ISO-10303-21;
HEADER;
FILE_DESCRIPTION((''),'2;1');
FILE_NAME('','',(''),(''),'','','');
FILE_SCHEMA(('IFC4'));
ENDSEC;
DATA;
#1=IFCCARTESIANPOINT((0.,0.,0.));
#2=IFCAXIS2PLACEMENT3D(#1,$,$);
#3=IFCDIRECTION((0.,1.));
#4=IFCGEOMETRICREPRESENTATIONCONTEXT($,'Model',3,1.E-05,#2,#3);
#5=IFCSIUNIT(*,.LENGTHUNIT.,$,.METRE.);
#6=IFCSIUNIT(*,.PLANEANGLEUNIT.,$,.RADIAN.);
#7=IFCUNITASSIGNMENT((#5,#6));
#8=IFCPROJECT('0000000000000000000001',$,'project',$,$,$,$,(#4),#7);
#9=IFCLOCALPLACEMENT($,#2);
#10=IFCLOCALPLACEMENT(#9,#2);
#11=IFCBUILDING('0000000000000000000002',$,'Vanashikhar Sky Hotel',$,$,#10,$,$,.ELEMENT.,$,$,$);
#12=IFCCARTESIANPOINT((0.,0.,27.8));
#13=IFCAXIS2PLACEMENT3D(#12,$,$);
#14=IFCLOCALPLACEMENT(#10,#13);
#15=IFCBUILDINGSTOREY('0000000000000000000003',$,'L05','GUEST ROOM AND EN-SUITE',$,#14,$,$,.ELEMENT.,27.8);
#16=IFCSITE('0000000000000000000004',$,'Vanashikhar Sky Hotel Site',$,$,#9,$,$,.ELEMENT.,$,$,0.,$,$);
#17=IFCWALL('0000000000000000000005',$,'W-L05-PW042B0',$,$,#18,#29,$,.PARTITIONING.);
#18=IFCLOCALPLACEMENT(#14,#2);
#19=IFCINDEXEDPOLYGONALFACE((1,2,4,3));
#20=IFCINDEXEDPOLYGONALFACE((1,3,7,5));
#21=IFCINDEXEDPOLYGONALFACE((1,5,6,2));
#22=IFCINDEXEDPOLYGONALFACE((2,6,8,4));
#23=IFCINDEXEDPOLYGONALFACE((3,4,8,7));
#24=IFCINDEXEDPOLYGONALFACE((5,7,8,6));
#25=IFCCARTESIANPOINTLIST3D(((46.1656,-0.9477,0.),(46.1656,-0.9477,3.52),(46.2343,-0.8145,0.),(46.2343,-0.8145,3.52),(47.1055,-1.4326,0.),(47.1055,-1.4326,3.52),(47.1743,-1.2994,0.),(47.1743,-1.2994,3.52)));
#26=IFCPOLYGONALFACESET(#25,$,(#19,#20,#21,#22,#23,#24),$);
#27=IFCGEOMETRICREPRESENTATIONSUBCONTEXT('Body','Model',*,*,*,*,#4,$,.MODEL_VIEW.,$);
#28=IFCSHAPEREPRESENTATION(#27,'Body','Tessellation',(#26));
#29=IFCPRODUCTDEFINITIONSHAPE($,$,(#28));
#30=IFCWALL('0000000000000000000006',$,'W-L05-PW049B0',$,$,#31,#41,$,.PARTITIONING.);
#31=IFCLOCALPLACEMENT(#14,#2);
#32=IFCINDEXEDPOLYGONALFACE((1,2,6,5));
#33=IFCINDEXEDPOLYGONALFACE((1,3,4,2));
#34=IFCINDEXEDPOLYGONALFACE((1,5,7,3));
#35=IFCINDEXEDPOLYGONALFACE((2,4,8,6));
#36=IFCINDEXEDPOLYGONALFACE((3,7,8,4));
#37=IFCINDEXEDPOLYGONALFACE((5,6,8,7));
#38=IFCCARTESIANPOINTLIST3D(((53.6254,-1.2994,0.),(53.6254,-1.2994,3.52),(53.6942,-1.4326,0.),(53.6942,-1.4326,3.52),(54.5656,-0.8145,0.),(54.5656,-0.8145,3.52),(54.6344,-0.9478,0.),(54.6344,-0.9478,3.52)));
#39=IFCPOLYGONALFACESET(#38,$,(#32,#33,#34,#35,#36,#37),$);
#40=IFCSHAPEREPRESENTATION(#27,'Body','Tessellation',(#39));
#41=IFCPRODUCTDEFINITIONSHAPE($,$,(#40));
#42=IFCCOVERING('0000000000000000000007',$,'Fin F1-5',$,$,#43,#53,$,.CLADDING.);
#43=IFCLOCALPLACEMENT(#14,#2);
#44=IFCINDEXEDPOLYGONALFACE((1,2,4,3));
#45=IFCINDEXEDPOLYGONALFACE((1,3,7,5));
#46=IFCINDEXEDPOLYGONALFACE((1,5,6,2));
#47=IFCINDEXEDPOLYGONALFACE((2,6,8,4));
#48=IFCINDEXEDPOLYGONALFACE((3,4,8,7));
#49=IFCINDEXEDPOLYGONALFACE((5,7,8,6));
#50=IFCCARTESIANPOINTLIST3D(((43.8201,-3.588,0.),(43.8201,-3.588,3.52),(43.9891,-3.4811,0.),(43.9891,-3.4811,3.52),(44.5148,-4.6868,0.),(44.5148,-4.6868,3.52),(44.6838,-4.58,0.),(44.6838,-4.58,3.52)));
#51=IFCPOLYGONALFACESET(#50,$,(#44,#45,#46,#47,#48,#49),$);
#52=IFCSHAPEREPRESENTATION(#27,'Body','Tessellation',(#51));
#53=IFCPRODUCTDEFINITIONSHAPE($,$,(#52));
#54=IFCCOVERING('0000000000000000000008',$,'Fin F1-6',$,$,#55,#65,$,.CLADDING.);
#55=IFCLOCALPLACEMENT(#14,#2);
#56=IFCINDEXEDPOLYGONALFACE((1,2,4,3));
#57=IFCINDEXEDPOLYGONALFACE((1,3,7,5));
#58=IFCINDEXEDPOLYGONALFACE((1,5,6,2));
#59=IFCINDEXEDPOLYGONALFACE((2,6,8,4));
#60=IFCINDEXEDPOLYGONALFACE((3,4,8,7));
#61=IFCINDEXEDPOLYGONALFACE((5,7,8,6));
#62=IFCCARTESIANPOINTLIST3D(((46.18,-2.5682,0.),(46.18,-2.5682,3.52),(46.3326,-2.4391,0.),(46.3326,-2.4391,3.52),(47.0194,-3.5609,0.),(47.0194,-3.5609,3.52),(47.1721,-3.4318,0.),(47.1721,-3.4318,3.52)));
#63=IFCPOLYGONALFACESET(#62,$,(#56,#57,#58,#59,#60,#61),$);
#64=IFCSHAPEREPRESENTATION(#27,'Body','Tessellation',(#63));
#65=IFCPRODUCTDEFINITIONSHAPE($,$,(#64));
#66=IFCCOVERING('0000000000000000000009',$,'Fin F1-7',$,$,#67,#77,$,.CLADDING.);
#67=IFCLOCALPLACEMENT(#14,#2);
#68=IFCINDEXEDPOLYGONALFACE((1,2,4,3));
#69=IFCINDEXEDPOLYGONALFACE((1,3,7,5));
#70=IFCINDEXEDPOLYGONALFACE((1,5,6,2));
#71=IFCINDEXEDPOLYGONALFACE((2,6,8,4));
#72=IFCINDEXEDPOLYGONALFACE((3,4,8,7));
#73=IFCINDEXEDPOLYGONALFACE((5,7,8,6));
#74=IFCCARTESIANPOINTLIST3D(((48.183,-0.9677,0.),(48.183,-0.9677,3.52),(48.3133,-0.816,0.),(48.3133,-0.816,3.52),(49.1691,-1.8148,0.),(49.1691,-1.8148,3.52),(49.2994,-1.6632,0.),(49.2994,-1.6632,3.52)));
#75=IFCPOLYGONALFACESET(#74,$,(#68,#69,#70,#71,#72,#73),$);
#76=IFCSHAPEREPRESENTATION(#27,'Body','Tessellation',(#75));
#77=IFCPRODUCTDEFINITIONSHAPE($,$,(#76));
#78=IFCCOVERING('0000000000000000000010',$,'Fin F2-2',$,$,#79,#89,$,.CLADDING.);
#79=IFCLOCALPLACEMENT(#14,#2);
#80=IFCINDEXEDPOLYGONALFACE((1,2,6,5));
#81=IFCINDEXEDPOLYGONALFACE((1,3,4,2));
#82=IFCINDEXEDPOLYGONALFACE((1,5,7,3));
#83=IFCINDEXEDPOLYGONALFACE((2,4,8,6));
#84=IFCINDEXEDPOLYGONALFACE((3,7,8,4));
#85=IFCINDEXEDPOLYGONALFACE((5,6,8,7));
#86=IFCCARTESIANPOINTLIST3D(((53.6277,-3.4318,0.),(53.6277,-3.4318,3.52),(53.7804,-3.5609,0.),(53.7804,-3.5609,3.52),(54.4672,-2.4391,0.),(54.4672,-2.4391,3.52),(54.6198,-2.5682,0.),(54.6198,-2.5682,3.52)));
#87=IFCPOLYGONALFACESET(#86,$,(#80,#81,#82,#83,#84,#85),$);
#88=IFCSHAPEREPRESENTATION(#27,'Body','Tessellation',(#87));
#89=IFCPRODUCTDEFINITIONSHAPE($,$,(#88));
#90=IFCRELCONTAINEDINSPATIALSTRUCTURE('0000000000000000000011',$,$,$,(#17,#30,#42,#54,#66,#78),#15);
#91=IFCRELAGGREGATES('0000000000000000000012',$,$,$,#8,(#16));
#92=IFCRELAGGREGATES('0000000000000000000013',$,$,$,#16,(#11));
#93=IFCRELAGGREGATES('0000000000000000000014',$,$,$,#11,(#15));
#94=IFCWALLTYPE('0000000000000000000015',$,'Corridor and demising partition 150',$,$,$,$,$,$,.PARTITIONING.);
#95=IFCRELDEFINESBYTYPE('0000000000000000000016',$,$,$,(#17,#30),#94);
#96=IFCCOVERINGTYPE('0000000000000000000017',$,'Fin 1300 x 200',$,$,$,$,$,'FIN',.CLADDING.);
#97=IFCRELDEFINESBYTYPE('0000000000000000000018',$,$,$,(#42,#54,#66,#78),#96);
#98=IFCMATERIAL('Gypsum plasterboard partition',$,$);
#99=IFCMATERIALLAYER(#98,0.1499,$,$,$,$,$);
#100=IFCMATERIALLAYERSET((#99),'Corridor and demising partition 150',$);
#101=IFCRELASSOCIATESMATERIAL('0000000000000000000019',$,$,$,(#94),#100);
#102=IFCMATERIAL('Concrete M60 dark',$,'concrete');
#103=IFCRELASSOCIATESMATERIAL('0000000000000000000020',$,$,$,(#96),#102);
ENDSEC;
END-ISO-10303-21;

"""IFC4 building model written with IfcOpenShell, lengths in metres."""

from ifc_helpers import new_model, si_unit, direction, frame, frame_2d, origin, origin_2d, place, context, subcontext, project, spatial, rectangle, extrude, source, transform, mapped, material, layer, layer_set, material_profile, profile_set, type_object, element, save


model = new_model("IFC4")

# Units and contexts
model_context = context("Model", 3, precision=1e-05, world=origin(), true_north=direction((0.0, 1.0)))
body_context = subcontext(model_context, "Body", "Model", "MODEL_VIEW")
ifc_project = project(units=[si_unit("LENGTHUNIT", "METRE"), si_unit("PLANEANGLEUNIT", "RADIAN")], contexts=[model_context])

# Site, building, storey
site_placement = place(None, origin())
site = spatial("IfcSite", under=ifc_project, at=site_placement, Name="Vanashikhar Sky Hotel Site", CompositionType="ELEMENT", RefElevation=0.0)
building_placement = place(site_placement, origin())
building = spatial("IfcBuilding", under=site, at=building_placement, Name="Vanashikhar Sky Hotel", CompositionType="ELEMENT")
storey_placement = place(building_placement, frame((0.0, 0.0, 27.8)))
storey = spatial("IfcBuildingStorey", under=building, at=storey_placement, Name="L05", Description="GUEST ROOM AND EN-SUITE", CompositionType="ELEMENT", Elevation=27.8)

# Walls
ifc_material_1 = material(Name="Gypsum plasterboard partition")
ifc_layer_1 = layer(ifc_material_1, 0.1499)
ifc_layer_set_1 = layer_set([ifc_layer_1], Name="Corridor and demising partition 150")
wall_type_1 = type_object("IfcWallType", Name="Corridor and demising partition 150", PredefinedType="PARTITIONING", material=ifc_layer_set_1)
shared_shape_1 = source(origin(), body_context, "Body", "SweptSolid", [
    extrude(rectangle(XDim=1.0576, YDim=0.1499, at=frame_2d((0.5288, 0.0))), origin(), (0.0, 0.0, 1.0), 3.52),
])
wall_1_placement = place(storey_placement, frame((47.1399, -1.366, 0.0), z_axis=(0.0, 0.0, 1.0), x_axis=(-0.888724, 0.458443, 0.0)))
element("IfcWall", 1, at=wall_1_placement, inside=storey, type_object=wall_type_1, Name="W-L05-PW042B0", PredefinedType="PARTITIONING", context=body_context, shape_type="MappedRepresentation", body=[
    mapped(shared_shape_1, transform((0.0, 0.0, 0.0), scale=1.0)),
])
shared_shape_2 = source(origin(), body_context, "Body", "SweptSolid", [
    extrude(rectangle(XDim=1.0579, YDim=0.1499, at=frame_2d((0.5288, 0.0))), origin(), (0.0, 0.0, 1.0), 3.52),
])
wall_2_placement = place(storey_placement, frame((53.6599, -1.366, 0.0), z_axis=(0.0, 0.0, 1.0), x_axis=(0.888772, 0.458349, 0.0)))
element("IfcWall", 2, at=wall_2_placement, inside=storey, type_object=wall_type_1, Name="W-L05-PW049B0", PredefinedType="PARTITIONING", context=body_context, shape_type="MappedRepresentation", body=[
    mapped(shared_shape_2, transform((0.0, 0.0, 0.0), scale=1.0)),
])

# Coverings
ifc_material_2 = material(Name="Concrete M60 dark", Category="concrete")
ifc_material_profile = material_profile(ifc_material_2, rectangle(XDim=1.3, YDim=0.2, at=origin_2d()))
ifc_profile_set = profile_set([ifc_material_profile], Name="Fin 1300 x 200")
covering_type = type_object("IfcCoveringType", Name="Fin 1300 x 200", ElementType="FIN", PredefinedType="CLADDING", material=ifc_profile_set)
shared_shape_3 = source(origin(), body_context, "Body", "SweptSolid", [
    extrude(rectangle(XDim=1.3, YDim=0.2, at=origin_2d()), origin(), (0.0, 0.0, 1.0), 3.52),
])
for number, where, z_axis, x_axis, name in (
    (3, (44.252, -4.084, 0.0), (0.0, 0.0, 1.0), (0.534411, -0.845225, 0.0), "Fin F1-5"),
    (4, (46.676, -3.0, 0.0), (0.0, 0.0, 1.0), (0.645698, -0.763593, 0.0), "Fin F1-6"),
    (5, (48.7412, -1.3154, 0.0), (0.0, 0.0, 1.0), (0.758544, -0.651622, 0.0), "Fin F1-7"),
    (6, (54.1238, -3.0, 0.0), (0.0, 0.0, 1.0), (-0.645698, -0.763593, 0.0), "Fin F2-2"),
):
    element("IfcCovering", number, at=place(storey_placement, frame(where, z_axis=z_axis, x_axis=x_axis)), inside=storey, type_object=covering_type, Name=name, PredefinedType="CLADDING", context=body_context, shape_type="MappedRepresentation", body=[
        mapped(shared_shape_3, transform((0.0, 0.0, 0.0), scale=1.0)),
    ])

save(model, "model.ifc")
